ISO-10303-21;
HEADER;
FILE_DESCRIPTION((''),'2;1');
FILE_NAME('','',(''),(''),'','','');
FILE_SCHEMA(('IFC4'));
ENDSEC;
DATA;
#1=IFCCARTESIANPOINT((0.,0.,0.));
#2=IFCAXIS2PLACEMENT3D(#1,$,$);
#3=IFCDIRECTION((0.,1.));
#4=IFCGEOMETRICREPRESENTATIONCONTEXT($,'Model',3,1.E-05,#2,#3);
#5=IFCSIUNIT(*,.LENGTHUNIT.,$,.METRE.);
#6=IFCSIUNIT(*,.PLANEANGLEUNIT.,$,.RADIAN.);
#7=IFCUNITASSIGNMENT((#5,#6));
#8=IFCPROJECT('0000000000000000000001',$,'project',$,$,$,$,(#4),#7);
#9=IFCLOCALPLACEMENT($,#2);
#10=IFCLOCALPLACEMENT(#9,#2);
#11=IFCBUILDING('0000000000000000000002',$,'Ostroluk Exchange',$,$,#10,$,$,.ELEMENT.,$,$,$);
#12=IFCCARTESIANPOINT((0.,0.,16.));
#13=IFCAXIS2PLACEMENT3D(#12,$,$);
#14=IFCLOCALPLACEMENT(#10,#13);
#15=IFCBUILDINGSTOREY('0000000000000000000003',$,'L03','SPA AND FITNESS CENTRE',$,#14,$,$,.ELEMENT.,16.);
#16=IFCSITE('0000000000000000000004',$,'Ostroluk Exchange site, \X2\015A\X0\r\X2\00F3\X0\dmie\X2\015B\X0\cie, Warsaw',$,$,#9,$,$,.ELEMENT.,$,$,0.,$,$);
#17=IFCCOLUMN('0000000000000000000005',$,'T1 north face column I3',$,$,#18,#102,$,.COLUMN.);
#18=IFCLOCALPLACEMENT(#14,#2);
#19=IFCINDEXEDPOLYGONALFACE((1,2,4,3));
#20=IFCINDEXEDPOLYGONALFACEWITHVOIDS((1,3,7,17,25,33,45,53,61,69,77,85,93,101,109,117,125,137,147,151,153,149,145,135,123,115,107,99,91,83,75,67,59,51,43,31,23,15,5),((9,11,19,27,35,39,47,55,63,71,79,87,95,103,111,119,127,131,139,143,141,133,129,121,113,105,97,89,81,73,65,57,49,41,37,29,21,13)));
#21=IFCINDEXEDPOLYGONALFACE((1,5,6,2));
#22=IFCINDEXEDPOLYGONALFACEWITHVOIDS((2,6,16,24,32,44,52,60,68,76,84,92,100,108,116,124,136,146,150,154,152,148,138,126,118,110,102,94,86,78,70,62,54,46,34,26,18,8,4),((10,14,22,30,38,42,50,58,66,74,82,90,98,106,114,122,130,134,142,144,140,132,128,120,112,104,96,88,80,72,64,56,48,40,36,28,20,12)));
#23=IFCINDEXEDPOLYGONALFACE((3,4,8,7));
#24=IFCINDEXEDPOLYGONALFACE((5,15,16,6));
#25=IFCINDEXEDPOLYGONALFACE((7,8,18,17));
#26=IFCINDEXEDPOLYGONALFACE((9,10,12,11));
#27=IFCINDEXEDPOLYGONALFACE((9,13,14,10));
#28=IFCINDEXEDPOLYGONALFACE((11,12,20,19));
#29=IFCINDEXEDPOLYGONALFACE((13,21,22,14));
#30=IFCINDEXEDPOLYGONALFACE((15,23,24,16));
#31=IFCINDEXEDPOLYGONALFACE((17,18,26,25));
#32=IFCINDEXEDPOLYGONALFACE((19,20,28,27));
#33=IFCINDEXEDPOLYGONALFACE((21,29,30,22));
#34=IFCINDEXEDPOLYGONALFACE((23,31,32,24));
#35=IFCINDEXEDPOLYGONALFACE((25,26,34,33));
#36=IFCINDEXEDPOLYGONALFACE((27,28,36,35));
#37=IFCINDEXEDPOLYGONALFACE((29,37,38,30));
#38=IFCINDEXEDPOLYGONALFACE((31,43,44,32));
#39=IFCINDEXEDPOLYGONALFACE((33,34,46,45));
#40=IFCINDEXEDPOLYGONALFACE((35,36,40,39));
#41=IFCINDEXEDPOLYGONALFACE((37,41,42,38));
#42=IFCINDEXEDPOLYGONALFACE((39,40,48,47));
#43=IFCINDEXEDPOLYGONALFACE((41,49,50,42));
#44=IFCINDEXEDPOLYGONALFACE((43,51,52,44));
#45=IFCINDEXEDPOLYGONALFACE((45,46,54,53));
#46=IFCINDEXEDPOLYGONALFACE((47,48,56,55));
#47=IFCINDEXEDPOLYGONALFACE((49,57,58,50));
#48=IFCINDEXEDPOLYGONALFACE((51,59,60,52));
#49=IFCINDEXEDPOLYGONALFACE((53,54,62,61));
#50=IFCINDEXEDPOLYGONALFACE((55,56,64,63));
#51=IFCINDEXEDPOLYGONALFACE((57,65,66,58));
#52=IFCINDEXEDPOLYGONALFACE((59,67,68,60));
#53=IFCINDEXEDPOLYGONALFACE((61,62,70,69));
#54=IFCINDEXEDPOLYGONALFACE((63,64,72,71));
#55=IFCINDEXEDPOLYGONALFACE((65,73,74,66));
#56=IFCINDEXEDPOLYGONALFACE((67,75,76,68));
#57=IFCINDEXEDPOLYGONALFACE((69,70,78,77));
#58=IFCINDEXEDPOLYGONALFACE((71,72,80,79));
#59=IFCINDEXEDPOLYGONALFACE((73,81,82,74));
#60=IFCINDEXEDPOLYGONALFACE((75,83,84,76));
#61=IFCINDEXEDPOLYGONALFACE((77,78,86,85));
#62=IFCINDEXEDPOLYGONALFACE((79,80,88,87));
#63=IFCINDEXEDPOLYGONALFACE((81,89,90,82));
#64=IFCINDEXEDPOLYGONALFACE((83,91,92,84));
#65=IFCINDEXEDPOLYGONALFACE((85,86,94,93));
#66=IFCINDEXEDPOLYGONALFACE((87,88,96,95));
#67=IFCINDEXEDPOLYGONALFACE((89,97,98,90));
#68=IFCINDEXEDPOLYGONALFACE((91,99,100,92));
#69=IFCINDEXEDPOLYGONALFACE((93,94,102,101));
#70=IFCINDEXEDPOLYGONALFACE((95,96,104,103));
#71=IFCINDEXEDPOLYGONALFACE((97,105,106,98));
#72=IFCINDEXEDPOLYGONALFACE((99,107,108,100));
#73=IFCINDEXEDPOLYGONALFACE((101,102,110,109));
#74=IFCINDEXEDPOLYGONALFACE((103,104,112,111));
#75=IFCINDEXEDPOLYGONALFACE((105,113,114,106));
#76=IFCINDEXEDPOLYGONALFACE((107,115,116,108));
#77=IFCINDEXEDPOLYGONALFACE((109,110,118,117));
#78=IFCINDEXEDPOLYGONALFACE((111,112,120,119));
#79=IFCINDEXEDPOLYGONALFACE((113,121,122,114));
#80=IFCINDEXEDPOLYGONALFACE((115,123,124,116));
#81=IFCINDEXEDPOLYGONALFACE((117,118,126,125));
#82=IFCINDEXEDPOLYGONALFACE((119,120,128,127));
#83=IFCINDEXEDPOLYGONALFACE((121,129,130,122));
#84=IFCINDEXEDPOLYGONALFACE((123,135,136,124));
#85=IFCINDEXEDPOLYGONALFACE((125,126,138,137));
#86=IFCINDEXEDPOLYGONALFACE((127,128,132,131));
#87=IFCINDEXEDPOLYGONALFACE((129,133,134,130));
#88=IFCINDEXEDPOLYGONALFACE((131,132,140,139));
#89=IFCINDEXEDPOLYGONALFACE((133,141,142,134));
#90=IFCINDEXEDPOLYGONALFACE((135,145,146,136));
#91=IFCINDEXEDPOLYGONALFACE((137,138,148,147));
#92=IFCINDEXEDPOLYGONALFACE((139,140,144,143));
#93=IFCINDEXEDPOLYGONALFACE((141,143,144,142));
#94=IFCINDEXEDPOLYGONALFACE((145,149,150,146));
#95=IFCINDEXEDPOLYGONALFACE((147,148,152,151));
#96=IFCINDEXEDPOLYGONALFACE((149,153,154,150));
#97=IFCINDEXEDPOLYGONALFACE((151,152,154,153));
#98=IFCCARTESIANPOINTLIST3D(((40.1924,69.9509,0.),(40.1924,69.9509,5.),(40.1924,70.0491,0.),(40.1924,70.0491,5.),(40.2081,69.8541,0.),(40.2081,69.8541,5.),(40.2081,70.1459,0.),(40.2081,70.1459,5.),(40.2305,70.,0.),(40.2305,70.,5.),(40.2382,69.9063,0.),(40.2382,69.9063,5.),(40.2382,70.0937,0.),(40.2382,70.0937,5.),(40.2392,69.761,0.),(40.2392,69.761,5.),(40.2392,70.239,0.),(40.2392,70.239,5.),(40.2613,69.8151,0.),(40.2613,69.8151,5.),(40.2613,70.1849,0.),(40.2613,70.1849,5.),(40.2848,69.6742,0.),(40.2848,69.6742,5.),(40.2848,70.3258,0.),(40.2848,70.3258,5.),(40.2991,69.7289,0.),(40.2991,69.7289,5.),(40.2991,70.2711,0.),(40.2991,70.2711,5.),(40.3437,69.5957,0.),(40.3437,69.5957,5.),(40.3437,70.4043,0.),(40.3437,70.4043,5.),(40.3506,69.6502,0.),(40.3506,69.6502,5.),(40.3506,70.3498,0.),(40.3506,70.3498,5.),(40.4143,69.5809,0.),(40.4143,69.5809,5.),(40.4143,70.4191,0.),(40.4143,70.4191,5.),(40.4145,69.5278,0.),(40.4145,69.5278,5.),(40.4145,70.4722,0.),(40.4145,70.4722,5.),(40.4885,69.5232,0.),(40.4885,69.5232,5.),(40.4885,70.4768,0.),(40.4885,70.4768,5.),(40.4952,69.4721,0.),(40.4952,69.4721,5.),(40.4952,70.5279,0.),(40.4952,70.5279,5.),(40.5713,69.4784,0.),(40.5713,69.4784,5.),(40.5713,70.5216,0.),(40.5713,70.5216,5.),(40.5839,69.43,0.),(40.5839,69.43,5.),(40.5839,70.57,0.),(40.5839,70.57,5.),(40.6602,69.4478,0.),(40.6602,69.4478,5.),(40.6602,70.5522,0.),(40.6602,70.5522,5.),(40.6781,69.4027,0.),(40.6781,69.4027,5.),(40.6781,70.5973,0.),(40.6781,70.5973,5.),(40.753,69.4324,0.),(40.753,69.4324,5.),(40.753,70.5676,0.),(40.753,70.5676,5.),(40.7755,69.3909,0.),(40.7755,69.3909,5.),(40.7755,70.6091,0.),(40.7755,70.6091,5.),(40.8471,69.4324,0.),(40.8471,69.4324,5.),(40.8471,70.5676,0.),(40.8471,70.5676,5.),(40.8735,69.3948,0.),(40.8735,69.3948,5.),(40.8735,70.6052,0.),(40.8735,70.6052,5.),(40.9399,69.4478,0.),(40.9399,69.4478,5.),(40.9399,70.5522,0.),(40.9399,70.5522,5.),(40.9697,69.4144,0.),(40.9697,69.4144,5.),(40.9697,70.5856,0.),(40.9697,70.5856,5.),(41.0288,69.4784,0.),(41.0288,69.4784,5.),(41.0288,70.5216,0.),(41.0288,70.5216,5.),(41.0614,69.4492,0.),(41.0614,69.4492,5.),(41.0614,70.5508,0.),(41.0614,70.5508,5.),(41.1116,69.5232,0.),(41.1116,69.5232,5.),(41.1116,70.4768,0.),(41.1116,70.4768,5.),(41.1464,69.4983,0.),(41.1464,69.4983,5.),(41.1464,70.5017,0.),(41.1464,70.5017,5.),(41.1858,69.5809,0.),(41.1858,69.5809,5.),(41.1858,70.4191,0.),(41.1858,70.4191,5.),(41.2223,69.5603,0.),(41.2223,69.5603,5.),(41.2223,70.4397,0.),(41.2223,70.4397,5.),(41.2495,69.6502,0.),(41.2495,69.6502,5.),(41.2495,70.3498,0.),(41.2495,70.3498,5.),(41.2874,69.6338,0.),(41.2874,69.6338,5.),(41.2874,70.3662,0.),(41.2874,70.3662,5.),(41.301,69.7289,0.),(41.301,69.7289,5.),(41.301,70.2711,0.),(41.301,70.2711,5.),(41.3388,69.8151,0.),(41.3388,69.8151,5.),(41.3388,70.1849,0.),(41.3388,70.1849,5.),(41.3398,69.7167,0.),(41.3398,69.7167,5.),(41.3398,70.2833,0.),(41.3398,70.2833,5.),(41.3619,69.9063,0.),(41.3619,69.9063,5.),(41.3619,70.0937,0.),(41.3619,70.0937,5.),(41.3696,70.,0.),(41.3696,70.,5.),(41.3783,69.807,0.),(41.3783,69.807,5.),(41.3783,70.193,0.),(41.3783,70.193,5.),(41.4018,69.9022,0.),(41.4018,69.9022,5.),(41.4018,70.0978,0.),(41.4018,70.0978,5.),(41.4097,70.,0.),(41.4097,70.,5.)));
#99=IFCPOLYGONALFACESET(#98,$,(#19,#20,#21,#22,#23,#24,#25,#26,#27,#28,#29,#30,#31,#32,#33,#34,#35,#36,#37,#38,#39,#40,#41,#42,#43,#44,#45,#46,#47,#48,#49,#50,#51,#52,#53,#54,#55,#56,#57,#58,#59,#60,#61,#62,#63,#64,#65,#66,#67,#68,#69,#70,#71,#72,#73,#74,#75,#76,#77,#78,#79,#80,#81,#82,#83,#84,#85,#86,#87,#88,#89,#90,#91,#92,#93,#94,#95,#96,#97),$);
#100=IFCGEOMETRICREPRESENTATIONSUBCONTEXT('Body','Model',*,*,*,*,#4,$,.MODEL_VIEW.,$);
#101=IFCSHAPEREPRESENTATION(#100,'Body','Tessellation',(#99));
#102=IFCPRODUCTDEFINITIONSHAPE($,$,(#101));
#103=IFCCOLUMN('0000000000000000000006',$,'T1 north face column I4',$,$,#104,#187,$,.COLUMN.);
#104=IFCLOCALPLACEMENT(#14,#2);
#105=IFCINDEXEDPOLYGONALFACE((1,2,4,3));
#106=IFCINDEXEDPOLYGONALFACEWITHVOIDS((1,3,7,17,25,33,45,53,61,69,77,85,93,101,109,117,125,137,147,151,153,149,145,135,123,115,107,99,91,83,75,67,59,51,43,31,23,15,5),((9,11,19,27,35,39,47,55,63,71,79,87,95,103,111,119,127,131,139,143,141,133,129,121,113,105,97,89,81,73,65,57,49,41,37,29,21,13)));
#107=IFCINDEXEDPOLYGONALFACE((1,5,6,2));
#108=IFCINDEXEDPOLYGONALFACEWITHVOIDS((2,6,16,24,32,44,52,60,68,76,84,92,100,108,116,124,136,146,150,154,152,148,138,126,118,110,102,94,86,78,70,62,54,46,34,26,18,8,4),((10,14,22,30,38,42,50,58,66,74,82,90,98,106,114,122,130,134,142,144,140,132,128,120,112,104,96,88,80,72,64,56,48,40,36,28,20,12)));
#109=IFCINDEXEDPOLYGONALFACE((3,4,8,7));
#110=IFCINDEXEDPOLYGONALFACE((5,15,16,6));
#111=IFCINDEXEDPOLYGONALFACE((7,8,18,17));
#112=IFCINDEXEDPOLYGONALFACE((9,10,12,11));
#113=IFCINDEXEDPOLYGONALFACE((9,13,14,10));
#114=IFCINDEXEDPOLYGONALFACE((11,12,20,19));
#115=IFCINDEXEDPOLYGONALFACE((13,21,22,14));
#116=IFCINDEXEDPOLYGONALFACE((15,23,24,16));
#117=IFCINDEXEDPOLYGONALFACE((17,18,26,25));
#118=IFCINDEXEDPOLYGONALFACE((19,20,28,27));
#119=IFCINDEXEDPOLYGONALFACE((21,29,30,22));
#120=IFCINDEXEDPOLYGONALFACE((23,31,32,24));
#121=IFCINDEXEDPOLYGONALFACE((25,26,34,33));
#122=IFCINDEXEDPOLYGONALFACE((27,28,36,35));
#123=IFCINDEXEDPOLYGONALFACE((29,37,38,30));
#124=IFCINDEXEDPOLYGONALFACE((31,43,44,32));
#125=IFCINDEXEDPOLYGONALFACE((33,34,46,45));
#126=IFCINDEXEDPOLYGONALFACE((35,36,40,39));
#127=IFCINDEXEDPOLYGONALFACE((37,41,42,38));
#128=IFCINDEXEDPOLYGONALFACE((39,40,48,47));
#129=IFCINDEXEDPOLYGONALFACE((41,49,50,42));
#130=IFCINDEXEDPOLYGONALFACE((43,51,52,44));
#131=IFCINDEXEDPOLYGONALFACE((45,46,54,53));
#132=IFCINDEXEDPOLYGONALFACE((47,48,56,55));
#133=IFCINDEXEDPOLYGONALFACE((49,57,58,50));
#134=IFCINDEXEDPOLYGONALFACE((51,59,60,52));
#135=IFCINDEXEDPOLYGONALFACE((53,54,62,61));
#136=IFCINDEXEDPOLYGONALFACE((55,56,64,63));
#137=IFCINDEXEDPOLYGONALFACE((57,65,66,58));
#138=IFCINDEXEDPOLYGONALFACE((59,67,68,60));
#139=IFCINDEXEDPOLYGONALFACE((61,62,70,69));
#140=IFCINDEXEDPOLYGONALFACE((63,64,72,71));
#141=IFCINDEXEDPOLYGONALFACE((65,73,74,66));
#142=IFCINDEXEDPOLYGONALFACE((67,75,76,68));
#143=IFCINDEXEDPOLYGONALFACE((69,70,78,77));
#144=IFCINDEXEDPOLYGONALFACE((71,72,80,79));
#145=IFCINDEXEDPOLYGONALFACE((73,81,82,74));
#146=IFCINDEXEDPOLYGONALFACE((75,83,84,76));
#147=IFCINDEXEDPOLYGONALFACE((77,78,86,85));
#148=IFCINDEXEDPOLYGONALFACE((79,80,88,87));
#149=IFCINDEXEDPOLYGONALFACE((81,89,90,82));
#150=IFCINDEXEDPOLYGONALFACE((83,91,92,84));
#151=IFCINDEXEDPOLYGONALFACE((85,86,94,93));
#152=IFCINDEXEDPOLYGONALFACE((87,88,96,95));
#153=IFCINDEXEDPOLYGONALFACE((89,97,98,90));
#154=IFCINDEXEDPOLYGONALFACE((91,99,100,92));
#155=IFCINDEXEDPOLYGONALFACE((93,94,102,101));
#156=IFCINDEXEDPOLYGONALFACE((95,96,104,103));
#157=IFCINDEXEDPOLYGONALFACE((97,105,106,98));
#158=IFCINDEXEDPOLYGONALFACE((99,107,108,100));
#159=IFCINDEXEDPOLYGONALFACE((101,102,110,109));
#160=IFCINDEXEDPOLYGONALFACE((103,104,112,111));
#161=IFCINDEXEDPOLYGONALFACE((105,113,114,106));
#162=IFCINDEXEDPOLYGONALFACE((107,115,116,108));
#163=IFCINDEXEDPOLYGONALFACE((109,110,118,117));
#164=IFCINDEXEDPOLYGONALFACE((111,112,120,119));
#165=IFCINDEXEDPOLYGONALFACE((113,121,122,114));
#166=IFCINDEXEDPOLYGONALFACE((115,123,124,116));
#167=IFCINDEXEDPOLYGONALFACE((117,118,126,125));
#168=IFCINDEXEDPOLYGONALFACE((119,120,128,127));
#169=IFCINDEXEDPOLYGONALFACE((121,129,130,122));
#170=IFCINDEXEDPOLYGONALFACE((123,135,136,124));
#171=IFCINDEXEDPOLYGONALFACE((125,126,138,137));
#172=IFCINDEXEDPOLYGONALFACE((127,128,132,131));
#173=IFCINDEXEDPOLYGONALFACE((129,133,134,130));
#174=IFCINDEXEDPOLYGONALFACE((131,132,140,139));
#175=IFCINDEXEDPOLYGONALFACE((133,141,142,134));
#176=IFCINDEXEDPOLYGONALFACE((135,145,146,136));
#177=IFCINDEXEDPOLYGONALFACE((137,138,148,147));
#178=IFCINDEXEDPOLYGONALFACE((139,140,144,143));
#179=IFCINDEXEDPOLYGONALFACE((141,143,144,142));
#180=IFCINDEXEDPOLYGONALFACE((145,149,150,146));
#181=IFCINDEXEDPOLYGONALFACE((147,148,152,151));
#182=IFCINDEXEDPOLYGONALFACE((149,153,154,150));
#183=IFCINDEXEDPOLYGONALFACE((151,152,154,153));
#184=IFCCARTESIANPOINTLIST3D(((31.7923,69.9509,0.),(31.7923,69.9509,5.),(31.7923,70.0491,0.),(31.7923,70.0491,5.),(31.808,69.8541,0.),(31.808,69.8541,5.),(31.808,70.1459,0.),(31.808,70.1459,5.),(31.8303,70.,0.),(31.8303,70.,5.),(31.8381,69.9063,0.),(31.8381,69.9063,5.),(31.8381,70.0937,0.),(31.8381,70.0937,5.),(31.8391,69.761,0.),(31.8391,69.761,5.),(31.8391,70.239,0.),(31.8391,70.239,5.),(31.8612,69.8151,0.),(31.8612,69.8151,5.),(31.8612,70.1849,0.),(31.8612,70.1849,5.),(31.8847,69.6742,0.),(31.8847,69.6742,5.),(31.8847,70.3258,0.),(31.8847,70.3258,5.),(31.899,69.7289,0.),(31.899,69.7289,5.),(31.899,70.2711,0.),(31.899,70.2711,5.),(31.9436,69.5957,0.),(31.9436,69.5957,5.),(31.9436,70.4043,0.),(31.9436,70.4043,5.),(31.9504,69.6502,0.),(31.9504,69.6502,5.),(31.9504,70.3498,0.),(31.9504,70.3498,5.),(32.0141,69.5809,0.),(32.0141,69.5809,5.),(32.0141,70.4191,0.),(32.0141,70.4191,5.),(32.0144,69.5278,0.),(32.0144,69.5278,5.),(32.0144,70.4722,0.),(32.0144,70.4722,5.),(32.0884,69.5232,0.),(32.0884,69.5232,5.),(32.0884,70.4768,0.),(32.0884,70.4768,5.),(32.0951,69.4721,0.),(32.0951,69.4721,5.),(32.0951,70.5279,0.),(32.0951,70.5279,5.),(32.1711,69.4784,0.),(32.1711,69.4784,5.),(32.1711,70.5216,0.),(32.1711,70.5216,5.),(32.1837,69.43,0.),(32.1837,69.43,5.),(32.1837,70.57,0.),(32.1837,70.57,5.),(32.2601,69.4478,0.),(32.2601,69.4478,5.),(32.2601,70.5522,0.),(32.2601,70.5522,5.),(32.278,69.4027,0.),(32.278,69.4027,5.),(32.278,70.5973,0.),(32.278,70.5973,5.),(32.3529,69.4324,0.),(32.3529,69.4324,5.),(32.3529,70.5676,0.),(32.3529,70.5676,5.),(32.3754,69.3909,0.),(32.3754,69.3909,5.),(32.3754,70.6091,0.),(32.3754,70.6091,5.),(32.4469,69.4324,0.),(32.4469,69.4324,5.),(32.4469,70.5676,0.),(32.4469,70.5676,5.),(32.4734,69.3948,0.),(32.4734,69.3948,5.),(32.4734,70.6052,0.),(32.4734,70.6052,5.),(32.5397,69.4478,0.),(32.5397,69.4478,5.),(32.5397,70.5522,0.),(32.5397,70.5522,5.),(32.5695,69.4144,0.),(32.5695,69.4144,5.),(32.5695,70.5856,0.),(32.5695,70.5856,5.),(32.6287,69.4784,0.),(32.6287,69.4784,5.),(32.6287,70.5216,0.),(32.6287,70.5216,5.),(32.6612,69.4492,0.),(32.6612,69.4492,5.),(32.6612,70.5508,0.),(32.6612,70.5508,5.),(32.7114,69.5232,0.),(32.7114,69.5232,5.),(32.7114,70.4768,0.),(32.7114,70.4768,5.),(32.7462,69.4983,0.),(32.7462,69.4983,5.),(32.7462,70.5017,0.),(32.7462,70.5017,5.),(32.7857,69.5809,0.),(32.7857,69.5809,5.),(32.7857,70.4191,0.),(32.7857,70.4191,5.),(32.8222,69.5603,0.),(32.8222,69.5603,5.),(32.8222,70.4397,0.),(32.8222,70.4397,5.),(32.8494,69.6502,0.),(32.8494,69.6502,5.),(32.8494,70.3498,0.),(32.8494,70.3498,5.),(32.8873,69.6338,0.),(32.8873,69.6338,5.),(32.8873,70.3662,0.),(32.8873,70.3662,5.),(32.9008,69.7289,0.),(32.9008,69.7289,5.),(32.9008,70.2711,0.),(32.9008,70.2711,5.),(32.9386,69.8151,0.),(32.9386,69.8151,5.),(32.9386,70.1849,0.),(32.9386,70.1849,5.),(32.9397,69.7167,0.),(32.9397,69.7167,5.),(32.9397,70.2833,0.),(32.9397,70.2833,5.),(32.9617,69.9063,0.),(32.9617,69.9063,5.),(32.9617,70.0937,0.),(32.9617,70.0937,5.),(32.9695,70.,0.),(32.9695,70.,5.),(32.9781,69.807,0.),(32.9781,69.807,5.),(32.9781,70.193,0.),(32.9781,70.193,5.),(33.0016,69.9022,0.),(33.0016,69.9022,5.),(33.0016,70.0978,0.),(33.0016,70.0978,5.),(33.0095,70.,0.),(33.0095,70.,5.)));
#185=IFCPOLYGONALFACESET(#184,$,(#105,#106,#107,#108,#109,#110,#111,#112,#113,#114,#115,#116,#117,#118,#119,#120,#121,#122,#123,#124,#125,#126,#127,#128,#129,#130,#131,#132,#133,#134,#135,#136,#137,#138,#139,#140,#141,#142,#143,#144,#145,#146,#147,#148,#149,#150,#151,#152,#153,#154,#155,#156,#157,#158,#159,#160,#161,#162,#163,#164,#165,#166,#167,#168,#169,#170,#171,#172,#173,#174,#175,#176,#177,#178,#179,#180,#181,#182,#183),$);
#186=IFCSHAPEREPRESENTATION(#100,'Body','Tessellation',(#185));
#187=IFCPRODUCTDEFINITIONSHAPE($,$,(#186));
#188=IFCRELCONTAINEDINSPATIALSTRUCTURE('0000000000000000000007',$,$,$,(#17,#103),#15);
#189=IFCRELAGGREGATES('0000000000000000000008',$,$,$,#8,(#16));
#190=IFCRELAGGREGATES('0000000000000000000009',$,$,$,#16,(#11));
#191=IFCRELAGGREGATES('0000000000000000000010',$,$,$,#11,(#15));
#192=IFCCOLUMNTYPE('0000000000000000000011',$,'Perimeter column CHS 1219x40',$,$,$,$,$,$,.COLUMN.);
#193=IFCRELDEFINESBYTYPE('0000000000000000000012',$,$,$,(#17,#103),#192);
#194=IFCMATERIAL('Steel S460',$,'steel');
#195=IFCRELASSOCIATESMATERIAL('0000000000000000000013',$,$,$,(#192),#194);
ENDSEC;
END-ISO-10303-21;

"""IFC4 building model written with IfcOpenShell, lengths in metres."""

from ifc_helpers import new_model, si_unit, direction, frame, origin, origin_2d, place, context, subcontext, project, spatial, hollow_circle, extrude, material, material_profile, profile_set, type_object, element, save


model = new_model("IFC4")

# Units and contexts
model_context = context("Model", 3, precision=1e-05, world=origin(), true_north=direction((0.0, 1.0)))
body_context = subcontext(model_context, "Body", "Model", "MODEL_VIEW")
ifc_project = project(units=[si_unit("LENGTHUNIT", "METRE"), si_unit("PLANEANGLEUNIT", "RADIAN")], contexts=[model_context])

# Site, building, storey
site_placement = place(None, origin())
site = spatial("IfcSite", under=ifc_project, at=site_placement, Name="Ostroluk Exchange site, Śródmieście, Warsaw", CompositionType="ELEMENT", RefElevation=0.0)
building_placement = place(site_placement, origin())
building = spatial("IfcBuilding", under=site, at=building_placement, Name="Ostroluk Exchange", CompositionType="ELEMENT")
storey_placement = place(building_placement, frame((0.0, 0.0, 16.0)))
storey = spatial("IfcBuildingStorey", under=building, at=storey_placement, Name="L03", Description="SPA AND FITNESS CENTRE", CompositionType="ELEMENT", Elevation=16.0)

# Columns
ifc_material_1 = material(Name="Steel S460", Category="steel")
ifc_material_profile_1 = material_profile(ifc_material_1, hollow_circle(Radius=0.6096, WallThickness=0.04, at=origin_2d()), Name="CHS 1219x40")
ifc_profile_set_1 = profile_set([ifc_material_profile_1], Name="Steel S460")
column_type = type_object("IfcColumnType", Name="Perimeter column CHS 1219x40", PredefinedType="COLUMN", material=ifc_profile_set_1)
for number, where, z_axis, x_axis, name in (
    (1, (40.8, 70.0, 0.0), (0.0, 0.0, 1.0), (1.0, 0.0, 0.0), "T1 north face column I3"),
    (2, (32.3999, 70.0, 0.0), (0.0, 0.0, 1.0), (1.0, 0.0, 0.0), "T1 north face column I4"),
):
    element("IfcColumn", number, at=place(storey_placement, frame(where, z_axis=z_axis, x_axis=x_axis)), inside=storey, type_object=column_type, Name=name, PredefinedType="COLUMN", context=body_context, shape_type="SweptSolid", body=[
        extrude(hollow_circle(Radius=0.6096, WallThickness=0.04, at=origin_2d()), origin(), (0.0, 0.0, 1.0), 5.0),
    ])

save(model, "model.ifc")
